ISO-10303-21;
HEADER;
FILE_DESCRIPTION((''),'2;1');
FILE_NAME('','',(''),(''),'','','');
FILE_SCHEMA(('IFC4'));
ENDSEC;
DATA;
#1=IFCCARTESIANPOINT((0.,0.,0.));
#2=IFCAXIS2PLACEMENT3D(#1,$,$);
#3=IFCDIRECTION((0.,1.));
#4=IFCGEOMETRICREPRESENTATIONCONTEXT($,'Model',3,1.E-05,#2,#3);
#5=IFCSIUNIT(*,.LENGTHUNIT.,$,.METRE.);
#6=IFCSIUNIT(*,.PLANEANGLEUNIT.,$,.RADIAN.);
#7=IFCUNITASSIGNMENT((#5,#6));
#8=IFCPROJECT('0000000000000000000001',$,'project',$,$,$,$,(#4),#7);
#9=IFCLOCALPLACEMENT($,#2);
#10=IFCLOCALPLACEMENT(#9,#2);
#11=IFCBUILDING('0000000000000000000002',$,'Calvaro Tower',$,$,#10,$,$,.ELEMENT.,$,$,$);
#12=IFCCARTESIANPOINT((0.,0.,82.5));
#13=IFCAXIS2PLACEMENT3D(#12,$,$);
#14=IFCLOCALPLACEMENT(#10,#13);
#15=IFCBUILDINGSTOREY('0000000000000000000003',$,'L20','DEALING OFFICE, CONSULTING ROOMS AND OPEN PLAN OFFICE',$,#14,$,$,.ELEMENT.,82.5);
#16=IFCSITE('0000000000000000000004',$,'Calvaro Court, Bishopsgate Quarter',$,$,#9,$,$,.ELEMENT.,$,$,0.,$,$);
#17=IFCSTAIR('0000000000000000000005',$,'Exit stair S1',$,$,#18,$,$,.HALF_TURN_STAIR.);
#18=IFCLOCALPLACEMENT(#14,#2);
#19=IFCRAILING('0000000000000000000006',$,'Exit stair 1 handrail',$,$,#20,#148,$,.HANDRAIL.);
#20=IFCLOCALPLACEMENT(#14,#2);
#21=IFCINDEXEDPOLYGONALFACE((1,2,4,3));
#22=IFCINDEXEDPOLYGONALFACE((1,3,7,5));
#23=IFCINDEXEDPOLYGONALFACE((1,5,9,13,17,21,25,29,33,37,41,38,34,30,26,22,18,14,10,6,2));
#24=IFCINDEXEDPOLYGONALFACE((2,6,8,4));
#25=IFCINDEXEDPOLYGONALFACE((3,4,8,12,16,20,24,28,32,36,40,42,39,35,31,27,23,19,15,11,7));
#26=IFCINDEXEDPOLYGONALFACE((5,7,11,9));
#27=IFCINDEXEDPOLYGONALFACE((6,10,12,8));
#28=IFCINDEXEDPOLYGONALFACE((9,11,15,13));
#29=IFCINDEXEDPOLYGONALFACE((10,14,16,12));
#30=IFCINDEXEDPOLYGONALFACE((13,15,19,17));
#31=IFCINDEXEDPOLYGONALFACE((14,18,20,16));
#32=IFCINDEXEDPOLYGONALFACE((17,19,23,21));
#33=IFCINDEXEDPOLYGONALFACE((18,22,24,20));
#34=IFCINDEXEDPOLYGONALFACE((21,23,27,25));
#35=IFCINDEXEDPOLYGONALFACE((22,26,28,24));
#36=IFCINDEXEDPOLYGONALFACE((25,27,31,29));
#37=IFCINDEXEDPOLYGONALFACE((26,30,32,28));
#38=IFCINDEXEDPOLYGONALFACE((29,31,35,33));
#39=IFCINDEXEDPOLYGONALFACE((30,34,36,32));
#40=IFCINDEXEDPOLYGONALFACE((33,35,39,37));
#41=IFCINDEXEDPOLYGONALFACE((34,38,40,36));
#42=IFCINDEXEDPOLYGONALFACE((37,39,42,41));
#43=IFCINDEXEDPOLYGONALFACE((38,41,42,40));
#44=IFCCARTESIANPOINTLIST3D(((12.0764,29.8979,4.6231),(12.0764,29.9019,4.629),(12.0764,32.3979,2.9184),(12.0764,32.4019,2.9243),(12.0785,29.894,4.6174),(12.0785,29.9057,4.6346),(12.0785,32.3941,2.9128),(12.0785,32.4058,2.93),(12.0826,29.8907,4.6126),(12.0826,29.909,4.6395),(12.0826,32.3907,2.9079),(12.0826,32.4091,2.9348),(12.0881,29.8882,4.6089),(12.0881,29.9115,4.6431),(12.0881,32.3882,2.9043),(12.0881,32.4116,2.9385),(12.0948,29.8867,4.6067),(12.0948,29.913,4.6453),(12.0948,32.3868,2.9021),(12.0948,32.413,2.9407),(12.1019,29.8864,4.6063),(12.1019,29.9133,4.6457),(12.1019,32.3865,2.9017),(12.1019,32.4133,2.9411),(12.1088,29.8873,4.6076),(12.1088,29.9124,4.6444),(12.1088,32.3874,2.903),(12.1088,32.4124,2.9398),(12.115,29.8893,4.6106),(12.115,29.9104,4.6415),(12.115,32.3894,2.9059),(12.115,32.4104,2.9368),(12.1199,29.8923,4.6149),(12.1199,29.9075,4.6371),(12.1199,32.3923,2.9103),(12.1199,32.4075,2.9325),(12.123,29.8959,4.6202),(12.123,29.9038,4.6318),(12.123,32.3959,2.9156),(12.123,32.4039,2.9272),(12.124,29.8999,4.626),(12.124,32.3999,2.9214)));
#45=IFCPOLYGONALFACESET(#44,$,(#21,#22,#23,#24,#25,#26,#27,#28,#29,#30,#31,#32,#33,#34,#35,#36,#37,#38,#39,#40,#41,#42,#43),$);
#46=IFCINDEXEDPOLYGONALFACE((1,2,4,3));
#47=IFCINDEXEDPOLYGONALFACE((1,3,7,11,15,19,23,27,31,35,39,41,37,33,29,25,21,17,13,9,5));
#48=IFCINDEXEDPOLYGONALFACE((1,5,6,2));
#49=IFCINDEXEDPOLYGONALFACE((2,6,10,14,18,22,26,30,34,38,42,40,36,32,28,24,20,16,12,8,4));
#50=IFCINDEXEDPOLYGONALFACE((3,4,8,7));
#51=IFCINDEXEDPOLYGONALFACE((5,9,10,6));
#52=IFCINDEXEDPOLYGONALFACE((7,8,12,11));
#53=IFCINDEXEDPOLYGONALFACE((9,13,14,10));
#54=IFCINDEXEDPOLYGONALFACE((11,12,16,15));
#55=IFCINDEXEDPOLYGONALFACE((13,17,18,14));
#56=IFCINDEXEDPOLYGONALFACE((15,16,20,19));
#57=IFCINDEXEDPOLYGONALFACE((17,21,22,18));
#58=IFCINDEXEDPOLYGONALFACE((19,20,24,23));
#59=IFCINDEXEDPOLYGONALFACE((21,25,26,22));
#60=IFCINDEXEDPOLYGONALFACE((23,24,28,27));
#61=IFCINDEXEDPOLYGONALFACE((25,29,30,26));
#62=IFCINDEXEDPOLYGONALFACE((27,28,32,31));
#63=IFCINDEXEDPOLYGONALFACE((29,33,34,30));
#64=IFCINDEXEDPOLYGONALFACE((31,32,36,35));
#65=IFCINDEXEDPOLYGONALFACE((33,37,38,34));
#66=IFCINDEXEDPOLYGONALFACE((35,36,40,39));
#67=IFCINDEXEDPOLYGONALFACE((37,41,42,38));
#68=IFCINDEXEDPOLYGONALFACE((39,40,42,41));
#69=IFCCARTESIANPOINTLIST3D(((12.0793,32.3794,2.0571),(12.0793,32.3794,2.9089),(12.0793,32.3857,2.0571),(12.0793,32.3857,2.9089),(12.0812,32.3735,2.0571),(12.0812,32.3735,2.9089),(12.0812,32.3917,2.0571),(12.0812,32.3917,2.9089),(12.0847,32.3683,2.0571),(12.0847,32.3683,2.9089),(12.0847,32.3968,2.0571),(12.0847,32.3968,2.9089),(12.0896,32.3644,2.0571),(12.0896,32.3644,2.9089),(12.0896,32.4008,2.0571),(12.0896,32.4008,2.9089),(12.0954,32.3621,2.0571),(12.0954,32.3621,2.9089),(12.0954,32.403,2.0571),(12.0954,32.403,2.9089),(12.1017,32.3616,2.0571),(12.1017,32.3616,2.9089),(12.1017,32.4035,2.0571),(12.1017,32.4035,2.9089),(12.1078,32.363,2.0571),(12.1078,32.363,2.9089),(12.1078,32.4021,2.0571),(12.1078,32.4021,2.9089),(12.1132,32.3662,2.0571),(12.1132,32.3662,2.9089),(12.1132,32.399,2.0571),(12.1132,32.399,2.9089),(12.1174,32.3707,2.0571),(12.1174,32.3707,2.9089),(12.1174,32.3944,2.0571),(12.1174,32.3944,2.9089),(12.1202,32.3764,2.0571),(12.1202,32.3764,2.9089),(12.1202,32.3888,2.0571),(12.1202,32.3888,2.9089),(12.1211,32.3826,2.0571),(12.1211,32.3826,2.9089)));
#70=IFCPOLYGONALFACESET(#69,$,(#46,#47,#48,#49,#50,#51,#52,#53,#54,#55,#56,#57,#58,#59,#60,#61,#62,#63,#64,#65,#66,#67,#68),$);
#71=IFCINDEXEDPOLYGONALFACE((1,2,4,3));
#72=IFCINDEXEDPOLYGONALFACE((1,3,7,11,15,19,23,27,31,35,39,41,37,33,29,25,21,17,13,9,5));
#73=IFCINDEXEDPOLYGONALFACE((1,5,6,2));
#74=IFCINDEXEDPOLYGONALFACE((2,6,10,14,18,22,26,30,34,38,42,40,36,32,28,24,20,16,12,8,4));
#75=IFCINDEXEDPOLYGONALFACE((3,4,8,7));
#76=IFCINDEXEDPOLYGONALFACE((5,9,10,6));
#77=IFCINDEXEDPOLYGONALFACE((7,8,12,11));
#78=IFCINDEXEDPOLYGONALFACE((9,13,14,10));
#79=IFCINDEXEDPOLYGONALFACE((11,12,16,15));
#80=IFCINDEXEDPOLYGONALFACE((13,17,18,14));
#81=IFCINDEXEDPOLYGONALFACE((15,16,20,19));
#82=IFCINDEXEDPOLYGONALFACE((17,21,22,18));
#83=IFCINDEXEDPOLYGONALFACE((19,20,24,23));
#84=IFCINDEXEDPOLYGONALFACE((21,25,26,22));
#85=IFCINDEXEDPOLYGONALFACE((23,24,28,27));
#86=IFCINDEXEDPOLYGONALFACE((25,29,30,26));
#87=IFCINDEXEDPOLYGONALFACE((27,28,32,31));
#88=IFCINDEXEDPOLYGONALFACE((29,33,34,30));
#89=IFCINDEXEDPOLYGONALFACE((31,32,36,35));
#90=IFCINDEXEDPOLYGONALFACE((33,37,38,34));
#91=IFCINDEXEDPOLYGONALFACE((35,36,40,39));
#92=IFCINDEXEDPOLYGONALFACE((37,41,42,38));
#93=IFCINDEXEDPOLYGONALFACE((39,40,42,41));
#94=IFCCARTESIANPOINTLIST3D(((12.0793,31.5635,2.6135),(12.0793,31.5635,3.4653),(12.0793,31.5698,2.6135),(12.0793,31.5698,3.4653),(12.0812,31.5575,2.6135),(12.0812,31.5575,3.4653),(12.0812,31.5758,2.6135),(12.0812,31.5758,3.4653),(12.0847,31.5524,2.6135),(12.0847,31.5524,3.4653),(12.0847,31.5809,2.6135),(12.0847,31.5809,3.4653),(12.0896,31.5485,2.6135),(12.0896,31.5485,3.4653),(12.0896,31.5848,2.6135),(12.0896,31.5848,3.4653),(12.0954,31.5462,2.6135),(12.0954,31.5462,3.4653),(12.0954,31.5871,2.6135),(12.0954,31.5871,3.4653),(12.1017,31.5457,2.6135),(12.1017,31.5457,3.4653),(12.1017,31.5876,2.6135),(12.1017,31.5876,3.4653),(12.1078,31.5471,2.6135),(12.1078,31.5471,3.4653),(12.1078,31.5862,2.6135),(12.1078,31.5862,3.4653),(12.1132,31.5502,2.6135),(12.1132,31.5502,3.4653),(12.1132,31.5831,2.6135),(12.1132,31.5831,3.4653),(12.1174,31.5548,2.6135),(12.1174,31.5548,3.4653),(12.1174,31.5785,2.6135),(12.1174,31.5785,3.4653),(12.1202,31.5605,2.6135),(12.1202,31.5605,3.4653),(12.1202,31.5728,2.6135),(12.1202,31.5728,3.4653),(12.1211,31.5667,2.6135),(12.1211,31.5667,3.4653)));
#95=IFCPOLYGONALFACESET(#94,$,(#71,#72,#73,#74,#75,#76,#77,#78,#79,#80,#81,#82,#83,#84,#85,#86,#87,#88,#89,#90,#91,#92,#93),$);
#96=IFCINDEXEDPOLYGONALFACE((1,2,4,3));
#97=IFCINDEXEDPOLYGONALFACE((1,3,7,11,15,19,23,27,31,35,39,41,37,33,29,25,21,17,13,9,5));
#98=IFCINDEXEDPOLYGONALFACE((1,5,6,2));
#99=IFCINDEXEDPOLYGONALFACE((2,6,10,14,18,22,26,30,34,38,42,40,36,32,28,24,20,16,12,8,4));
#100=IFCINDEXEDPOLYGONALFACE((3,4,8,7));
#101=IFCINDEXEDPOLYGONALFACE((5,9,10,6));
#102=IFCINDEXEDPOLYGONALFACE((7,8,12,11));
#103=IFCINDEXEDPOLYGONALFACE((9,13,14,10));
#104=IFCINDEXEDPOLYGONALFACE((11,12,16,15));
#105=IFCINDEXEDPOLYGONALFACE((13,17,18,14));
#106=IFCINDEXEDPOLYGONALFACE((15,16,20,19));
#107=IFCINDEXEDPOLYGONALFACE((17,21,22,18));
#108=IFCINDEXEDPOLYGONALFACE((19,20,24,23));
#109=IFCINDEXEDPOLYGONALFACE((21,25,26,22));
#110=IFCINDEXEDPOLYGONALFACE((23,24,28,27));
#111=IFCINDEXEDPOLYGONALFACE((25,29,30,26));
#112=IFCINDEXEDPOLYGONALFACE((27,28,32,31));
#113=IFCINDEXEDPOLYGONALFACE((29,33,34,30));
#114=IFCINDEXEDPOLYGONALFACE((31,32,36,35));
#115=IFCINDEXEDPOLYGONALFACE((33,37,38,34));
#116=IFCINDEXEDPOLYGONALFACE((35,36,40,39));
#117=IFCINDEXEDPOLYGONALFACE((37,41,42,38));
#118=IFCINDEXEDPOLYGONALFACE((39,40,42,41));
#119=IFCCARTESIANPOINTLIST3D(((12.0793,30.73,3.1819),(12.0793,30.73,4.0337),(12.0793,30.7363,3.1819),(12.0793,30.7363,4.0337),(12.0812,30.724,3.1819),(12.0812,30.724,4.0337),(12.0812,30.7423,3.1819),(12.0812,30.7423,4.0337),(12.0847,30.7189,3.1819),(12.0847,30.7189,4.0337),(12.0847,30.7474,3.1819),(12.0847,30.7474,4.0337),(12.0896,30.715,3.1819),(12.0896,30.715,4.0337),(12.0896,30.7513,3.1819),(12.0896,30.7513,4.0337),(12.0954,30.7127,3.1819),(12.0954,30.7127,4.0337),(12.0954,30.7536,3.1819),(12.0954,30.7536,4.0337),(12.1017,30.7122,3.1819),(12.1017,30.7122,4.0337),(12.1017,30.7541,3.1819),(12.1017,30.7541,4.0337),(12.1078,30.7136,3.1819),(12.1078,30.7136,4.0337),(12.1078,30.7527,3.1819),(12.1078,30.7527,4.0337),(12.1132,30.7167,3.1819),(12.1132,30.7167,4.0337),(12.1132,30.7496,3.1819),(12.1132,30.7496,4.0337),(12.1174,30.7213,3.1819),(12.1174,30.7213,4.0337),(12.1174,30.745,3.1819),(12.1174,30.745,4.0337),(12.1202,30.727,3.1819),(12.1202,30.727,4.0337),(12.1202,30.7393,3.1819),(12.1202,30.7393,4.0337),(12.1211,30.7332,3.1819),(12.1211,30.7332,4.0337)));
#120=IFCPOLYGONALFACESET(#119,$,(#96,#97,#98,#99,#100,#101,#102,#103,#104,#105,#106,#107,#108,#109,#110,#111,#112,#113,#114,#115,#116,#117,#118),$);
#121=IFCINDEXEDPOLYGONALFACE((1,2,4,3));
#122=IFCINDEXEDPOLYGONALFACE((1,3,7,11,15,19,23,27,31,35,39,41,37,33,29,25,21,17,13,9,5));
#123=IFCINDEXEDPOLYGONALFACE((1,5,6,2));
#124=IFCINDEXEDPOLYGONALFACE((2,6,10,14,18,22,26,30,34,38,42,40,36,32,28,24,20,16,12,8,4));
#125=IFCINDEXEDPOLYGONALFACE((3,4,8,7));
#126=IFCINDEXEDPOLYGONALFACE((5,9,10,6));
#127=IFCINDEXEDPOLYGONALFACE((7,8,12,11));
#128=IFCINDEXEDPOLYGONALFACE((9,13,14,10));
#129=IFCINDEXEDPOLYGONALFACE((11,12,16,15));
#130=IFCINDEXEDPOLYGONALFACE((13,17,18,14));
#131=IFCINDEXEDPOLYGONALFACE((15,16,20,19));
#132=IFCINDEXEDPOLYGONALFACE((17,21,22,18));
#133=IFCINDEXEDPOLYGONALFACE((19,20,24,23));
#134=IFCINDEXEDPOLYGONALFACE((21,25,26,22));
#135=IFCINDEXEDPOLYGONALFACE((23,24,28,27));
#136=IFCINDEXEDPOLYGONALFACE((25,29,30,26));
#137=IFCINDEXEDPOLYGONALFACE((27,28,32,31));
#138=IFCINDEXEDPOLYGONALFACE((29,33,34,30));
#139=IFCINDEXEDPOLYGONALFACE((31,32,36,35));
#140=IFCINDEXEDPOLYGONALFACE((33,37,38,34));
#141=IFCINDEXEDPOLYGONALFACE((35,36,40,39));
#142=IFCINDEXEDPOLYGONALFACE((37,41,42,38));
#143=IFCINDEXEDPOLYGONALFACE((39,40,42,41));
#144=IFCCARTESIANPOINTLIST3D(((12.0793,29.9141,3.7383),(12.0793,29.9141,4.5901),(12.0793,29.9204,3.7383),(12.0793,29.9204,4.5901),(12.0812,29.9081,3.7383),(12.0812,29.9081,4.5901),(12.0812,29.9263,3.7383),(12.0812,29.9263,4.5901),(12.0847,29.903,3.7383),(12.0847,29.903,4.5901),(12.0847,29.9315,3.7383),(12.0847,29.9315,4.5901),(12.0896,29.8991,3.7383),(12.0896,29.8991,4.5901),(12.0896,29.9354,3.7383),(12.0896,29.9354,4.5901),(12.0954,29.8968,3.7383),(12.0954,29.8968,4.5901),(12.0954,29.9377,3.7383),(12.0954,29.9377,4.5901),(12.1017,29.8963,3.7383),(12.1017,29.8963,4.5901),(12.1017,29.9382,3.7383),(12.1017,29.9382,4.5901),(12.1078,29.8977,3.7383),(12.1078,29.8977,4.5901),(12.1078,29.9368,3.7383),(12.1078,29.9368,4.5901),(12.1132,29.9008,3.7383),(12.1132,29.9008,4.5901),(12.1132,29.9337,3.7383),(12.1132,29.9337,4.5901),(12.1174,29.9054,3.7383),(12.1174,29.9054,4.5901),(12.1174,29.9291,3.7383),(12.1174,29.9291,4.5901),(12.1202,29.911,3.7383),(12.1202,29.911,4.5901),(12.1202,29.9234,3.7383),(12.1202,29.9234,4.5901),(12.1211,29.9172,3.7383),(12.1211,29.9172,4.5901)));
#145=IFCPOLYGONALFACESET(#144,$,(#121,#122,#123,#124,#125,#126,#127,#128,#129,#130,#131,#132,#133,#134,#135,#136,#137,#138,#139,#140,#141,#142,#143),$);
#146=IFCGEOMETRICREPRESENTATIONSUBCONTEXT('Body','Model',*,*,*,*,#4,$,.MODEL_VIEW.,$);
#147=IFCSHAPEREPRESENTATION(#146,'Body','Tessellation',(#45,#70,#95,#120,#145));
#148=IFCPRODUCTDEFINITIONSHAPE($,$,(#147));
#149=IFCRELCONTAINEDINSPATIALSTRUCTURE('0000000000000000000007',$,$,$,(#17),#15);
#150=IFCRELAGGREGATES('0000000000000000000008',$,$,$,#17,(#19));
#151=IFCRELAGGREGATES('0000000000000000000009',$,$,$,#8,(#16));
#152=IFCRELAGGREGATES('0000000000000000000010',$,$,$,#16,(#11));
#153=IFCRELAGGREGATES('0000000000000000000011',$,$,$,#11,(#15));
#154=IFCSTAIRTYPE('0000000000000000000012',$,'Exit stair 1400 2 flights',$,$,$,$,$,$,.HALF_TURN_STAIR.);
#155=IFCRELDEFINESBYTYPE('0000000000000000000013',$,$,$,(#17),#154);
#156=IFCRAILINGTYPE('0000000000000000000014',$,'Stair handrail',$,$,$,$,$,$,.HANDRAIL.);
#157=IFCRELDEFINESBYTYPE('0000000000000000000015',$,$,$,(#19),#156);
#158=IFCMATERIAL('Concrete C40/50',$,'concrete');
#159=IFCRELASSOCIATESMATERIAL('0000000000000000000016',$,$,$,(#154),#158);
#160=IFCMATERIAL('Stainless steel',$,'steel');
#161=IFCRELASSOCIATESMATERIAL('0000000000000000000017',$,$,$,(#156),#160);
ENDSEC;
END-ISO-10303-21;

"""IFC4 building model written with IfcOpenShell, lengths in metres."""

from ifc_helpers import new_model, si_unit, direction, frame, origin, origin_2d, place, context, subcontext, project, spatial, circle, extrude, material, type_object, element, aggregate, save


model = new_model("IFC4")

# Units and contexts
model_context = context("Model", 3, precision=1e-05, world=origin(), true_north=direction((0.0, 1.0)))
body_context = subcontext(model_context, "Body", "Model", "MODEL_VIEW")
ifc_project = project(units=[si_unit("LENGTHUNIT", "METRE"), si_unit("PLANEANGLEUNIT", "RADIAN")], contexts=[model_context])

# Site, building, storey
site_placement = place(None, origin())
site = spatial("IfcSite", under=ifc_project, at=site_placement, Name="Calvaro Court, Bishopsgate Quarter", CompositionType="ELEMENT", RefElevation=0.0)
building_placement = place(site_placement, origin())
building = spatial("IfcBuilding", under=site, at=building_placement, Name="Calvaro Tower", CompositionType="ELEMENT")
storey_placement = place(building_placement, frame((0.0, 0.0, 82.5)))
storey = spatial("IfcBuildingStorey", under=building, at=storey_placement, Name="L20", Description="DEALING OFFICE, CONSULTING ROOMS AND OPEN PLAN OFFICE", CompositionType="ELEMENT", Elevation=82.5)

# Stair, railing
ifc_material_1 = material(Name="Concrete C40/50", Category="concrete")
stair_type = type_object("IfcStairType", Name="Exit stair 1400 2 flights", PredefinedType="HALF_TURN_STAIR", material=ifc_material_1)
stair_placement = place(storey_placement, origin())
stair = element("IfcStair", 1, at=stair_placement, inside=storey, type_object=stair_type, Name="Exit stair S1", PredefinedType="HALF_TURN_STAIR")
ifc_material_2 = material(Name="Stainless steel", Category="steel")
railing_type = type_object("IfcRailingType", Name="Stair handrail", PredefinedType="HANDRAIL", material=ifc_material_2)
railing_1_placement = place(storey_placement, frame((12.1001, 32.3999, 2.0454)))
railing_1 = element("IfcRailing", 2, at=railing_1_placement, type_object=railing_type, Name="Exit stair 1 handrail", PredefinedType="HANDRAIL", context=body_context, shape_type="SweptSolid", body=[
    extrude(circle(Radius=0.0239, at=origin_2d()), frame((0.0, 0.0, 0.876), z_axis=(0.0, -0.826221, 0.563347), x_axis=(1.0, 0.0, 0.0)), (0.0, 0.0, 1.0), 3.0259),
    extrude(circle(Radius=0.021, at=origin_2d()), frame((0.0, -0.0173, 0.0117)), (0.0, 0.0, 1.0), 0.8518),
    extrude(circle(Radius=0.021, at=origin_2d()), frame((0.0, -0.8333, 0.5681)), (0.0, 0.0, 1.0), 0.8518),
    extrude(circle(Radius=0.021, at=origin_2d()), frame((0.0, -1.6667, 1.1365)), (0.0, 0.0, 1.0), 0.8518),
    extrude(circle(Radius=0.021, at=origin_2d()), frame((0.0, -2.4827, 1.6929)), (0.0, 0.0, 1.0), 0.8518),
])
aggregate(stair, [railing_1])

save(model, "model.ifc")
